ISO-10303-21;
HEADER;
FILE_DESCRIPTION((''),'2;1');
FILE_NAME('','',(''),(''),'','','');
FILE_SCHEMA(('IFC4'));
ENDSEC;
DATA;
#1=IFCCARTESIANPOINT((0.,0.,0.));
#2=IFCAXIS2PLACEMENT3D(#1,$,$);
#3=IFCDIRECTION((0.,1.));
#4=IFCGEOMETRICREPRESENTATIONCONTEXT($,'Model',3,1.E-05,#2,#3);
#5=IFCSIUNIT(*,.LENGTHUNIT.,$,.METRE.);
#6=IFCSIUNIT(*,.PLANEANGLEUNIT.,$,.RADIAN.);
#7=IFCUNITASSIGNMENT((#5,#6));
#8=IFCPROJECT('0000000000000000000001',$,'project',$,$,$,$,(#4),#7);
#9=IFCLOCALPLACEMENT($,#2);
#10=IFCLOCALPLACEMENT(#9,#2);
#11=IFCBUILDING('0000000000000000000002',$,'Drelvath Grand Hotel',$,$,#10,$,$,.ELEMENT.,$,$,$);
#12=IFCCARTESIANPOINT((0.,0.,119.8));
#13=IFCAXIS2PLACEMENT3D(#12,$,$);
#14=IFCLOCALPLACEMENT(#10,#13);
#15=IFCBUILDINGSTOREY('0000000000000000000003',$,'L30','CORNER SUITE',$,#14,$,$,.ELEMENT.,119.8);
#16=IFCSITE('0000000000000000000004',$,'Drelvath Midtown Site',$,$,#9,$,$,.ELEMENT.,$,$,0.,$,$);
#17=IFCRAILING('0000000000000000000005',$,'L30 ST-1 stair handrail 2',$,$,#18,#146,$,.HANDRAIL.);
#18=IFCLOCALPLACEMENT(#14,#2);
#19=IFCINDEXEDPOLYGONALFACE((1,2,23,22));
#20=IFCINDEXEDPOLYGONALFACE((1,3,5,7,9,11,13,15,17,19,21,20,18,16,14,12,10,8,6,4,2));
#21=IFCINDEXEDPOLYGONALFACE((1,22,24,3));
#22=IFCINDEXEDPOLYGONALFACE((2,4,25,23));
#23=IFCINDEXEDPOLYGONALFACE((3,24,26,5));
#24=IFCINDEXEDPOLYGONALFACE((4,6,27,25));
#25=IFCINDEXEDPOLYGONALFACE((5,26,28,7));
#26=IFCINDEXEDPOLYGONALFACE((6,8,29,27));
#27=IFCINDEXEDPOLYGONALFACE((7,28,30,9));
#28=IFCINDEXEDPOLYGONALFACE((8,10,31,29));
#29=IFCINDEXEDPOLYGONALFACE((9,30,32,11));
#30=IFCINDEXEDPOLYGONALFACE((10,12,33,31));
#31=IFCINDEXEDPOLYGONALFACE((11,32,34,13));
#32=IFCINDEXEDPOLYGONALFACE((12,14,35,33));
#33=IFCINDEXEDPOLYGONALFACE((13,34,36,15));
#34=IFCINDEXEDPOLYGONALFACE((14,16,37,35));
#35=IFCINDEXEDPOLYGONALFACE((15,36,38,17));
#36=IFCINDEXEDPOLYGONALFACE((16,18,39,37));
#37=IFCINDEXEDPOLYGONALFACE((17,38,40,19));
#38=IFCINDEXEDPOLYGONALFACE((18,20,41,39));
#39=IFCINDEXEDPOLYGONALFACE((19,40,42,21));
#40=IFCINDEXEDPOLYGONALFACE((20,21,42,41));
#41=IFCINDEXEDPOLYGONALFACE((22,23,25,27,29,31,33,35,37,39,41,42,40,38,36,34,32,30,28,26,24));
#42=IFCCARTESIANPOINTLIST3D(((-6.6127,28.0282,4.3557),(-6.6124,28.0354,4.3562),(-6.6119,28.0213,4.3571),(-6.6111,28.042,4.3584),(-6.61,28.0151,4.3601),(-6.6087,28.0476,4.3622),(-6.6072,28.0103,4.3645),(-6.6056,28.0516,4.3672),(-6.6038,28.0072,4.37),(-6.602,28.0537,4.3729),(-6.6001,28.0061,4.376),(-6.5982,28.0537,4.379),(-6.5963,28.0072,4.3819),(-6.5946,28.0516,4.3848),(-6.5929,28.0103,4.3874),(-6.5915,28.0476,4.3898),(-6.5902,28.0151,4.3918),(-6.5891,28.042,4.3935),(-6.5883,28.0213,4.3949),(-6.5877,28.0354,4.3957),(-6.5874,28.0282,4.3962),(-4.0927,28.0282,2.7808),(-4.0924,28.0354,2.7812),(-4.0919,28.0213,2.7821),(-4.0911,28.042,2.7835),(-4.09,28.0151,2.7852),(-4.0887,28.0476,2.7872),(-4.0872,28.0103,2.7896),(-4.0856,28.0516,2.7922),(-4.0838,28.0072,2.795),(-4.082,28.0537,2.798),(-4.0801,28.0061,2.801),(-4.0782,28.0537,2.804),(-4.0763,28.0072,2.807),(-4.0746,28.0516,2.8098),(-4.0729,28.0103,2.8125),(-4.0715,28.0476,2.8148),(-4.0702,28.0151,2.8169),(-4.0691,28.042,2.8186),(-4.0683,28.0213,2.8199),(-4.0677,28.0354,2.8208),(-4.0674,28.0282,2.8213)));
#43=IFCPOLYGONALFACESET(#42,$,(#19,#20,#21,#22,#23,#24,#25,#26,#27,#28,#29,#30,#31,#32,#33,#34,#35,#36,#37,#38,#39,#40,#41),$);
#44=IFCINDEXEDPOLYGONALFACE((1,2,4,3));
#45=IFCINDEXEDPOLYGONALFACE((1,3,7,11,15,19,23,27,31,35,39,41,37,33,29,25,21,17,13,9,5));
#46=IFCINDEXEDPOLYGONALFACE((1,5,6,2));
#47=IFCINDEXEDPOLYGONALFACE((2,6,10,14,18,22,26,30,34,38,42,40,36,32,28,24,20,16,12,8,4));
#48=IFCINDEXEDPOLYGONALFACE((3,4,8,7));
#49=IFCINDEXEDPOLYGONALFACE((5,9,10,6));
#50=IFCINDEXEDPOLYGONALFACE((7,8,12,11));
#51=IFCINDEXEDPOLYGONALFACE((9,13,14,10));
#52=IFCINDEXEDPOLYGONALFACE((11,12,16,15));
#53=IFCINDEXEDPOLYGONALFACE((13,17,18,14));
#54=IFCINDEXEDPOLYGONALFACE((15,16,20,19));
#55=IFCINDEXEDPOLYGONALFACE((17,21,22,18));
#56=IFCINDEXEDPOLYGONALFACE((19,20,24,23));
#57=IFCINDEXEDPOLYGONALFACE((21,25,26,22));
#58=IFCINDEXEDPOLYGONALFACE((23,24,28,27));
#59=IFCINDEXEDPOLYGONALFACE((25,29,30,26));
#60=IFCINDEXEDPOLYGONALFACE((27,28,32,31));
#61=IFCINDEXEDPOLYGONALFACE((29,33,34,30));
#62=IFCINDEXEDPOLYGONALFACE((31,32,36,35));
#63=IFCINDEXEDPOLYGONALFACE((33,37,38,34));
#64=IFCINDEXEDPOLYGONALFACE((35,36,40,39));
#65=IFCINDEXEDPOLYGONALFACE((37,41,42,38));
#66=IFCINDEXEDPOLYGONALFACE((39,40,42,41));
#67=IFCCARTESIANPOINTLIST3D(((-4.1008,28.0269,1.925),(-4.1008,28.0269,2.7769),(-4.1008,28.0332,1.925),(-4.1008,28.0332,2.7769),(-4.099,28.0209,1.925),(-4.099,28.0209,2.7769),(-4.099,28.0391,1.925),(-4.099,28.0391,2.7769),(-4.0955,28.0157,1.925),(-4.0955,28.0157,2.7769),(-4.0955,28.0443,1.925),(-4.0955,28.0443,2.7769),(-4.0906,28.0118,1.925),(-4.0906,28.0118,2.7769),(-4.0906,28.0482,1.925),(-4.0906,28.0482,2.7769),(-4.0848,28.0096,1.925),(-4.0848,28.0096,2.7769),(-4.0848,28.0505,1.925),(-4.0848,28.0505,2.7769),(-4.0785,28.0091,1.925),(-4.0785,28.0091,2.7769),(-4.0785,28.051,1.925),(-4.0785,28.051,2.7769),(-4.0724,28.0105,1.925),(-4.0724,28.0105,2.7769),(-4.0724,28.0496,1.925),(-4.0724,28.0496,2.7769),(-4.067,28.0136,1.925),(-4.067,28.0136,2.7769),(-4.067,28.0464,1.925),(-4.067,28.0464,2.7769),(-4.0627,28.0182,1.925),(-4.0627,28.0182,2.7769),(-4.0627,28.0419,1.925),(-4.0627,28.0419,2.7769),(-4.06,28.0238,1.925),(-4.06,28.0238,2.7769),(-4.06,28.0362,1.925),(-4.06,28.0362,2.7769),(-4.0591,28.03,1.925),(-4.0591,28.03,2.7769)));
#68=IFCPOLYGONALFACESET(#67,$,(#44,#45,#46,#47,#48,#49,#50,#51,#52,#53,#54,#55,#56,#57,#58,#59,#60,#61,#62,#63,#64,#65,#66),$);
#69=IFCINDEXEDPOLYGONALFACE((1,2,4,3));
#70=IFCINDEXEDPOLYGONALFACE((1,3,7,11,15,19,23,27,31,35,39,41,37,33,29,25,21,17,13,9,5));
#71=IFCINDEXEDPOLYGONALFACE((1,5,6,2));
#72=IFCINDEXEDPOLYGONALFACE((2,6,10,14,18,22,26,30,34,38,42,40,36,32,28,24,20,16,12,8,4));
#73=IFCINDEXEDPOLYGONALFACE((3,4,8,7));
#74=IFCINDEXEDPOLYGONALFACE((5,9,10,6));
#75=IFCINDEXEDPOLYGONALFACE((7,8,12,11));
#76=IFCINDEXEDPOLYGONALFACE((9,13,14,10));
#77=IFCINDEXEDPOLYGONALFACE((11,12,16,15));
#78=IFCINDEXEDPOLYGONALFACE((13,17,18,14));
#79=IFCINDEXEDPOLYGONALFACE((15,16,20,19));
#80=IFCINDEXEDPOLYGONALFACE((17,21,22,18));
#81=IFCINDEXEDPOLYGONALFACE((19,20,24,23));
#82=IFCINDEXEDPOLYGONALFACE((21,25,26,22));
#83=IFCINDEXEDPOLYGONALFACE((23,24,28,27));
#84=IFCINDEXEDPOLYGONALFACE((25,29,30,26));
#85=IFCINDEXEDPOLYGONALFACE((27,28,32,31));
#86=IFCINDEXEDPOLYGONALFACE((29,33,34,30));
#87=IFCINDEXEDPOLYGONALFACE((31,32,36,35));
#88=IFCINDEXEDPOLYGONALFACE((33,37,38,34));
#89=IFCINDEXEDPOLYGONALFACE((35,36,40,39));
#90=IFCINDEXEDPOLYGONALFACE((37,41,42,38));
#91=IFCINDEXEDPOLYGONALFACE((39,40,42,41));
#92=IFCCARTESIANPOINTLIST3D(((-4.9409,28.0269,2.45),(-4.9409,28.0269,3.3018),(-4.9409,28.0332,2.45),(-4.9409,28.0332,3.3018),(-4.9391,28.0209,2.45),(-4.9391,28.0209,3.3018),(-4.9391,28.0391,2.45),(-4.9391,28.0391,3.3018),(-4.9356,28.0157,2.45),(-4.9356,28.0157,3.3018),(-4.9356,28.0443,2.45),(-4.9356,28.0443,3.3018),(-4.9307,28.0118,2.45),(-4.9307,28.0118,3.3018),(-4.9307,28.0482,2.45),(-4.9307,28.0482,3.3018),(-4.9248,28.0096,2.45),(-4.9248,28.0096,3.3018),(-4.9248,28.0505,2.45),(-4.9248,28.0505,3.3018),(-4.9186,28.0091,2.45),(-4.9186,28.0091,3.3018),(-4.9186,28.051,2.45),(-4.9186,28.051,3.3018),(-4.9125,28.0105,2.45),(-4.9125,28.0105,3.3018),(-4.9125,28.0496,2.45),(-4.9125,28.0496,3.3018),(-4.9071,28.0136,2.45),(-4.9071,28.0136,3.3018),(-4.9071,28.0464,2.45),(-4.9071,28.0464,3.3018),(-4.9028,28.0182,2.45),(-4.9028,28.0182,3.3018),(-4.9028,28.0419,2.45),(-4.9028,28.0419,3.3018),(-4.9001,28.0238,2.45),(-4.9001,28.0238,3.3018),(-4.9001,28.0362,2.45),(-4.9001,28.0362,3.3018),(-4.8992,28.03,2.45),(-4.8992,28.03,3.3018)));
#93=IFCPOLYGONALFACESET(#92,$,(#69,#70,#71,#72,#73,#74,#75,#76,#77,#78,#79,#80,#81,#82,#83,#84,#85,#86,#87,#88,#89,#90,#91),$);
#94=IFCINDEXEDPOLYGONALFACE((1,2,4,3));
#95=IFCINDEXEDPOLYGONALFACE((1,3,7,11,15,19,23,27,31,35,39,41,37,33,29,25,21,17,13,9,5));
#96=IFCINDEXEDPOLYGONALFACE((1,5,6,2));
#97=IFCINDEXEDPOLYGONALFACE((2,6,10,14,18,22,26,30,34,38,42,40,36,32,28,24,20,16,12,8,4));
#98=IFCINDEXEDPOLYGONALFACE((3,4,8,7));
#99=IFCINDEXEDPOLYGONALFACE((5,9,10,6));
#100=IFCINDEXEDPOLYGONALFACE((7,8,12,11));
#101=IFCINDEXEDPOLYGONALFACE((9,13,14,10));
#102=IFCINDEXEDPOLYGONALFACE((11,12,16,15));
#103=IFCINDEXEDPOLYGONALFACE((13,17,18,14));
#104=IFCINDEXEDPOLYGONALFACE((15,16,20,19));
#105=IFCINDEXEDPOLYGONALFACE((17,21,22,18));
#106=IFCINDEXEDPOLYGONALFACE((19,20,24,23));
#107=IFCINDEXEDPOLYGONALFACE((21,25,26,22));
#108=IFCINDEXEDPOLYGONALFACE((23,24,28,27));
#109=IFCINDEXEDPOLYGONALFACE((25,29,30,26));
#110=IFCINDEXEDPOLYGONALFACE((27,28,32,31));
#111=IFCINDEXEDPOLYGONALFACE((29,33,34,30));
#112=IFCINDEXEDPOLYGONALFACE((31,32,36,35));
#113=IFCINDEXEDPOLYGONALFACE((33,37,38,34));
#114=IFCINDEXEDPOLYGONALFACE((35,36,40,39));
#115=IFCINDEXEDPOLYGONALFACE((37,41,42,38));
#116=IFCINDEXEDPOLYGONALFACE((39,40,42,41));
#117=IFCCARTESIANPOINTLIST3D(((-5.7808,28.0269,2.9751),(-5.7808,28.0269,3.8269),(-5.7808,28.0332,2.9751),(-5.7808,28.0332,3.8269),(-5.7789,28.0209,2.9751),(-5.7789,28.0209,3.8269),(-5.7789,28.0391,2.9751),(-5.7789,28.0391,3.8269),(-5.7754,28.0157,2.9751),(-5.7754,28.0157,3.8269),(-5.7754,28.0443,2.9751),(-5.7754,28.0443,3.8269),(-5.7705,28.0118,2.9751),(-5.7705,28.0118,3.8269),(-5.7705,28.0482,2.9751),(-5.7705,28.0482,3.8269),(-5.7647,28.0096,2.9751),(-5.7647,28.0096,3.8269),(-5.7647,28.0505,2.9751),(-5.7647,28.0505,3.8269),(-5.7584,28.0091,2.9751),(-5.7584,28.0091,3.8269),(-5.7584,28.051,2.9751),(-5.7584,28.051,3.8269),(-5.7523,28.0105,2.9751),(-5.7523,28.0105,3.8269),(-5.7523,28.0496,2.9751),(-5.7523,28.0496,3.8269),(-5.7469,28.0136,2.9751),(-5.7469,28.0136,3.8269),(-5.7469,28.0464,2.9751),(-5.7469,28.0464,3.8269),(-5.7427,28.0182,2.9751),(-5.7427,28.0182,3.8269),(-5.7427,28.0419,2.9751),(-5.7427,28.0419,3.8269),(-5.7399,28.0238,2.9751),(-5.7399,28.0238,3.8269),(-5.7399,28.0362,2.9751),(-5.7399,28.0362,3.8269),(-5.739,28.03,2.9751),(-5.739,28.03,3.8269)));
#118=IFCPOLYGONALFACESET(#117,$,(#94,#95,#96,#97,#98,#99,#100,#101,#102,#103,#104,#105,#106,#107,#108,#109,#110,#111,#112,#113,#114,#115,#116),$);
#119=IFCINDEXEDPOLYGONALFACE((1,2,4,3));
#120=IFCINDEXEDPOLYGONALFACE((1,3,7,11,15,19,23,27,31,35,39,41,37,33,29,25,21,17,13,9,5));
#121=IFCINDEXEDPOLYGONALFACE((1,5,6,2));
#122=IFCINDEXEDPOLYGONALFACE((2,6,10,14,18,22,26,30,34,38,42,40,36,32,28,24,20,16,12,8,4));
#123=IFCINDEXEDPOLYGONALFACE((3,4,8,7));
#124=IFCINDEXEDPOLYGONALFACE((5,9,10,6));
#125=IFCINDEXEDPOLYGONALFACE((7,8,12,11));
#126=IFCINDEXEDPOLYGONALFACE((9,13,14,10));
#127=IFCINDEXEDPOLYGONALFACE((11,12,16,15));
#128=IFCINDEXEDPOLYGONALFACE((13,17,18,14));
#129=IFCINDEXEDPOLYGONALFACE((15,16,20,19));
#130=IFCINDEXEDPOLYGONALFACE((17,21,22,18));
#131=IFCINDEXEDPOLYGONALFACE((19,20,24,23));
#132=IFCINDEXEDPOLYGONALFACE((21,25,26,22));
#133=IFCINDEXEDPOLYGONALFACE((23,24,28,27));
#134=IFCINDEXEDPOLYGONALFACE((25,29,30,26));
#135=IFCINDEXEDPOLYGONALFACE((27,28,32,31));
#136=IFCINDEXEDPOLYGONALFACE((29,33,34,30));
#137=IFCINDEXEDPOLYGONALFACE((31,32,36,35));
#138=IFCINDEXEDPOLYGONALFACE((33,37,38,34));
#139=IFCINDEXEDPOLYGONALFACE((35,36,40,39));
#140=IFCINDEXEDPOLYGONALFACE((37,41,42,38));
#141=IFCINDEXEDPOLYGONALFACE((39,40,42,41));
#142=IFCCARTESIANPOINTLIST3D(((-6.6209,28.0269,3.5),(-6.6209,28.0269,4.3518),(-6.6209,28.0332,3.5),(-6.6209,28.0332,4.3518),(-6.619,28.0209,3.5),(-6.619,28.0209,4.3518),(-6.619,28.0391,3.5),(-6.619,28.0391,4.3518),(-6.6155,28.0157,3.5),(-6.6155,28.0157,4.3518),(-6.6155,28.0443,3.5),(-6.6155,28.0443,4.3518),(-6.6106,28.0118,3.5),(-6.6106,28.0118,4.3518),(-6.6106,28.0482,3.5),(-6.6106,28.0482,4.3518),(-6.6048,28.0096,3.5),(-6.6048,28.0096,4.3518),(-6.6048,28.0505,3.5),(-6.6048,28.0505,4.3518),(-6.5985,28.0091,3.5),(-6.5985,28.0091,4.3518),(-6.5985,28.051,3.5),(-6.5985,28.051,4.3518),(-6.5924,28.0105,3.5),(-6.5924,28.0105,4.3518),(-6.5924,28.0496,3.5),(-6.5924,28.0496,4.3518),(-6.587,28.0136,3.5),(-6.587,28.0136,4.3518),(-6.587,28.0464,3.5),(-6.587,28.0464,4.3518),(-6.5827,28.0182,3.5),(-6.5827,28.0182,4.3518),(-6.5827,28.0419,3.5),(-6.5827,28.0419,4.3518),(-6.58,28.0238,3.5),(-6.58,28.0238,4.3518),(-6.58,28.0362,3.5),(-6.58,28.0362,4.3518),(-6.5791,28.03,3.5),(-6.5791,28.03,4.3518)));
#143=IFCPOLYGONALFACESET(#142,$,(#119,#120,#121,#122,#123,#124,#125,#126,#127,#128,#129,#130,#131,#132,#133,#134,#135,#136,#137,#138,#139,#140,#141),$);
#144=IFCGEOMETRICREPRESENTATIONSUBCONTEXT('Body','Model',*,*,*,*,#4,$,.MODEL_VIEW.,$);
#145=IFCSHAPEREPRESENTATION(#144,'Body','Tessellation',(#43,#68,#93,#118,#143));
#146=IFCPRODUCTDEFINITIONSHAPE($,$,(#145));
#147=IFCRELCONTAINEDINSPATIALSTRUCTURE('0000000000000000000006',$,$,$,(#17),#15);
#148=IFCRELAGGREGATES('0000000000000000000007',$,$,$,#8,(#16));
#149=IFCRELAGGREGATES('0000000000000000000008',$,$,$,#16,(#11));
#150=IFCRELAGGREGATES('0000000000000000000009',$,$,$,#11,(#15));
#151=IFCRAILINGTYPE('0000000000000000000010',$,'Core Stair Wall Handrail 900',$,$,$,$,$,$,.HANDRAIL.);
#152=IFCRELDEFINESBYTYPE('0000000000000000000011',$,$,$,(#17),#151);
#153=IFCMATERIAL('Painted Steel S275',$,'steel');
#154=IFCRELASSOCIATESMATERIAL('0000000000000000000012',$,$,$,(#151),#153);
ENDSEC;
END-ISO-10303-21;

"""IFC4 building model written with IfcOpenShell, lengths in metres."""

from ifc_helpers import new_model, si_unit, direction, frame, origin, origin_2d, place, context, subcontext, project, spatial, circle, extrude, material, type_object, element, save


model = new_model("IFC4")

# Units and contexts
model_context = context("Model", 3, precision=1e-05, world=origin(), true_north=direction((0.0, 1.0)))
body_context = subcontext(model_context, "Body", "Model", "MODEL_VIEW")
ifc_project = project(units=[si_unit("LENGTHUNIT", "METRE"), si_unit("PLANEANGLEUNIT", "RADIAN")], contexts=[model_context])

# Site, building, storey
site_placement = place(None, origin())
site = spatial("IfcSite", under=ifc_project, at=site_placement, Name="Drelvath Midtown Site", CompositionType="ELEMENT", RefElevation=0.0)
building_placement = place(site_placement, origin())
building = spatial("IfcBuilding", under=site, at=building_placement, Name="Drelvath Grand Hotel", CompositionType="ELEMENT")
storey_placement = place(building_placement, frame((0.0, 0.0, 119.8)))
storey = spatial("IfcBuildingStorey", under=building, at=storey_placement, Name="L30", Description="CORNER SUITE", CompositionType="ELEMENT", Elevation=119.8)

# Shared definitions
ifc_material_1 = material(Name="Painted Steel S275", Category="steel")

# Railing
railing_type = type_object("IfcRailingType", Name="Core Stair Wall Handrail 900", PredefinedType="HANDRAIL", material=ifc_material_1)
railing_placement = place(storey_placement, frame((-4.0801, 28.03, 1.925)))
element("IfcRailing", 1, at=railing_placement, inside=storey, type_object=railing_type, Name="L30 ST-1 stair handrail 2", PredefinedType="HANDRAIL", context=body_context, shape_type="SweptSolid", body=[
    extrude(circle(Radius=0.0239, at=origin_2d()), frame((0.0, 0.0, 0.876), z_axis=(-0.848008, 0.0, 0.529984), x_axis=(0.0, -1.0, 0.0)), (0.0, 0.0, 1.0), 2.9717),
    extrude(circle(Radius=0.021, at=origin_2d()), origin(), (0.0, 0.0, 1.0), 0.8518),
    extrude(circle(Radius=0.021, at=origin_2d()), frame((-0.8401, 0.0, 0.5249)), (0.0, 0.0, 1.0), 0.8518),
    extrude(circle(Radius=0.021, at=origin_2d()), frame((-1.6799, 0.0, 1.05)), (0.0, 0.0, 1.0), 0.8518),
    extrude(circle(Radius=0.021, at=origin_2d()), frame((-2.52, 0.0, 1.575)), (0.0, 0.0, 1.0), 0.8518),
])

save(model, "model.ifc")
